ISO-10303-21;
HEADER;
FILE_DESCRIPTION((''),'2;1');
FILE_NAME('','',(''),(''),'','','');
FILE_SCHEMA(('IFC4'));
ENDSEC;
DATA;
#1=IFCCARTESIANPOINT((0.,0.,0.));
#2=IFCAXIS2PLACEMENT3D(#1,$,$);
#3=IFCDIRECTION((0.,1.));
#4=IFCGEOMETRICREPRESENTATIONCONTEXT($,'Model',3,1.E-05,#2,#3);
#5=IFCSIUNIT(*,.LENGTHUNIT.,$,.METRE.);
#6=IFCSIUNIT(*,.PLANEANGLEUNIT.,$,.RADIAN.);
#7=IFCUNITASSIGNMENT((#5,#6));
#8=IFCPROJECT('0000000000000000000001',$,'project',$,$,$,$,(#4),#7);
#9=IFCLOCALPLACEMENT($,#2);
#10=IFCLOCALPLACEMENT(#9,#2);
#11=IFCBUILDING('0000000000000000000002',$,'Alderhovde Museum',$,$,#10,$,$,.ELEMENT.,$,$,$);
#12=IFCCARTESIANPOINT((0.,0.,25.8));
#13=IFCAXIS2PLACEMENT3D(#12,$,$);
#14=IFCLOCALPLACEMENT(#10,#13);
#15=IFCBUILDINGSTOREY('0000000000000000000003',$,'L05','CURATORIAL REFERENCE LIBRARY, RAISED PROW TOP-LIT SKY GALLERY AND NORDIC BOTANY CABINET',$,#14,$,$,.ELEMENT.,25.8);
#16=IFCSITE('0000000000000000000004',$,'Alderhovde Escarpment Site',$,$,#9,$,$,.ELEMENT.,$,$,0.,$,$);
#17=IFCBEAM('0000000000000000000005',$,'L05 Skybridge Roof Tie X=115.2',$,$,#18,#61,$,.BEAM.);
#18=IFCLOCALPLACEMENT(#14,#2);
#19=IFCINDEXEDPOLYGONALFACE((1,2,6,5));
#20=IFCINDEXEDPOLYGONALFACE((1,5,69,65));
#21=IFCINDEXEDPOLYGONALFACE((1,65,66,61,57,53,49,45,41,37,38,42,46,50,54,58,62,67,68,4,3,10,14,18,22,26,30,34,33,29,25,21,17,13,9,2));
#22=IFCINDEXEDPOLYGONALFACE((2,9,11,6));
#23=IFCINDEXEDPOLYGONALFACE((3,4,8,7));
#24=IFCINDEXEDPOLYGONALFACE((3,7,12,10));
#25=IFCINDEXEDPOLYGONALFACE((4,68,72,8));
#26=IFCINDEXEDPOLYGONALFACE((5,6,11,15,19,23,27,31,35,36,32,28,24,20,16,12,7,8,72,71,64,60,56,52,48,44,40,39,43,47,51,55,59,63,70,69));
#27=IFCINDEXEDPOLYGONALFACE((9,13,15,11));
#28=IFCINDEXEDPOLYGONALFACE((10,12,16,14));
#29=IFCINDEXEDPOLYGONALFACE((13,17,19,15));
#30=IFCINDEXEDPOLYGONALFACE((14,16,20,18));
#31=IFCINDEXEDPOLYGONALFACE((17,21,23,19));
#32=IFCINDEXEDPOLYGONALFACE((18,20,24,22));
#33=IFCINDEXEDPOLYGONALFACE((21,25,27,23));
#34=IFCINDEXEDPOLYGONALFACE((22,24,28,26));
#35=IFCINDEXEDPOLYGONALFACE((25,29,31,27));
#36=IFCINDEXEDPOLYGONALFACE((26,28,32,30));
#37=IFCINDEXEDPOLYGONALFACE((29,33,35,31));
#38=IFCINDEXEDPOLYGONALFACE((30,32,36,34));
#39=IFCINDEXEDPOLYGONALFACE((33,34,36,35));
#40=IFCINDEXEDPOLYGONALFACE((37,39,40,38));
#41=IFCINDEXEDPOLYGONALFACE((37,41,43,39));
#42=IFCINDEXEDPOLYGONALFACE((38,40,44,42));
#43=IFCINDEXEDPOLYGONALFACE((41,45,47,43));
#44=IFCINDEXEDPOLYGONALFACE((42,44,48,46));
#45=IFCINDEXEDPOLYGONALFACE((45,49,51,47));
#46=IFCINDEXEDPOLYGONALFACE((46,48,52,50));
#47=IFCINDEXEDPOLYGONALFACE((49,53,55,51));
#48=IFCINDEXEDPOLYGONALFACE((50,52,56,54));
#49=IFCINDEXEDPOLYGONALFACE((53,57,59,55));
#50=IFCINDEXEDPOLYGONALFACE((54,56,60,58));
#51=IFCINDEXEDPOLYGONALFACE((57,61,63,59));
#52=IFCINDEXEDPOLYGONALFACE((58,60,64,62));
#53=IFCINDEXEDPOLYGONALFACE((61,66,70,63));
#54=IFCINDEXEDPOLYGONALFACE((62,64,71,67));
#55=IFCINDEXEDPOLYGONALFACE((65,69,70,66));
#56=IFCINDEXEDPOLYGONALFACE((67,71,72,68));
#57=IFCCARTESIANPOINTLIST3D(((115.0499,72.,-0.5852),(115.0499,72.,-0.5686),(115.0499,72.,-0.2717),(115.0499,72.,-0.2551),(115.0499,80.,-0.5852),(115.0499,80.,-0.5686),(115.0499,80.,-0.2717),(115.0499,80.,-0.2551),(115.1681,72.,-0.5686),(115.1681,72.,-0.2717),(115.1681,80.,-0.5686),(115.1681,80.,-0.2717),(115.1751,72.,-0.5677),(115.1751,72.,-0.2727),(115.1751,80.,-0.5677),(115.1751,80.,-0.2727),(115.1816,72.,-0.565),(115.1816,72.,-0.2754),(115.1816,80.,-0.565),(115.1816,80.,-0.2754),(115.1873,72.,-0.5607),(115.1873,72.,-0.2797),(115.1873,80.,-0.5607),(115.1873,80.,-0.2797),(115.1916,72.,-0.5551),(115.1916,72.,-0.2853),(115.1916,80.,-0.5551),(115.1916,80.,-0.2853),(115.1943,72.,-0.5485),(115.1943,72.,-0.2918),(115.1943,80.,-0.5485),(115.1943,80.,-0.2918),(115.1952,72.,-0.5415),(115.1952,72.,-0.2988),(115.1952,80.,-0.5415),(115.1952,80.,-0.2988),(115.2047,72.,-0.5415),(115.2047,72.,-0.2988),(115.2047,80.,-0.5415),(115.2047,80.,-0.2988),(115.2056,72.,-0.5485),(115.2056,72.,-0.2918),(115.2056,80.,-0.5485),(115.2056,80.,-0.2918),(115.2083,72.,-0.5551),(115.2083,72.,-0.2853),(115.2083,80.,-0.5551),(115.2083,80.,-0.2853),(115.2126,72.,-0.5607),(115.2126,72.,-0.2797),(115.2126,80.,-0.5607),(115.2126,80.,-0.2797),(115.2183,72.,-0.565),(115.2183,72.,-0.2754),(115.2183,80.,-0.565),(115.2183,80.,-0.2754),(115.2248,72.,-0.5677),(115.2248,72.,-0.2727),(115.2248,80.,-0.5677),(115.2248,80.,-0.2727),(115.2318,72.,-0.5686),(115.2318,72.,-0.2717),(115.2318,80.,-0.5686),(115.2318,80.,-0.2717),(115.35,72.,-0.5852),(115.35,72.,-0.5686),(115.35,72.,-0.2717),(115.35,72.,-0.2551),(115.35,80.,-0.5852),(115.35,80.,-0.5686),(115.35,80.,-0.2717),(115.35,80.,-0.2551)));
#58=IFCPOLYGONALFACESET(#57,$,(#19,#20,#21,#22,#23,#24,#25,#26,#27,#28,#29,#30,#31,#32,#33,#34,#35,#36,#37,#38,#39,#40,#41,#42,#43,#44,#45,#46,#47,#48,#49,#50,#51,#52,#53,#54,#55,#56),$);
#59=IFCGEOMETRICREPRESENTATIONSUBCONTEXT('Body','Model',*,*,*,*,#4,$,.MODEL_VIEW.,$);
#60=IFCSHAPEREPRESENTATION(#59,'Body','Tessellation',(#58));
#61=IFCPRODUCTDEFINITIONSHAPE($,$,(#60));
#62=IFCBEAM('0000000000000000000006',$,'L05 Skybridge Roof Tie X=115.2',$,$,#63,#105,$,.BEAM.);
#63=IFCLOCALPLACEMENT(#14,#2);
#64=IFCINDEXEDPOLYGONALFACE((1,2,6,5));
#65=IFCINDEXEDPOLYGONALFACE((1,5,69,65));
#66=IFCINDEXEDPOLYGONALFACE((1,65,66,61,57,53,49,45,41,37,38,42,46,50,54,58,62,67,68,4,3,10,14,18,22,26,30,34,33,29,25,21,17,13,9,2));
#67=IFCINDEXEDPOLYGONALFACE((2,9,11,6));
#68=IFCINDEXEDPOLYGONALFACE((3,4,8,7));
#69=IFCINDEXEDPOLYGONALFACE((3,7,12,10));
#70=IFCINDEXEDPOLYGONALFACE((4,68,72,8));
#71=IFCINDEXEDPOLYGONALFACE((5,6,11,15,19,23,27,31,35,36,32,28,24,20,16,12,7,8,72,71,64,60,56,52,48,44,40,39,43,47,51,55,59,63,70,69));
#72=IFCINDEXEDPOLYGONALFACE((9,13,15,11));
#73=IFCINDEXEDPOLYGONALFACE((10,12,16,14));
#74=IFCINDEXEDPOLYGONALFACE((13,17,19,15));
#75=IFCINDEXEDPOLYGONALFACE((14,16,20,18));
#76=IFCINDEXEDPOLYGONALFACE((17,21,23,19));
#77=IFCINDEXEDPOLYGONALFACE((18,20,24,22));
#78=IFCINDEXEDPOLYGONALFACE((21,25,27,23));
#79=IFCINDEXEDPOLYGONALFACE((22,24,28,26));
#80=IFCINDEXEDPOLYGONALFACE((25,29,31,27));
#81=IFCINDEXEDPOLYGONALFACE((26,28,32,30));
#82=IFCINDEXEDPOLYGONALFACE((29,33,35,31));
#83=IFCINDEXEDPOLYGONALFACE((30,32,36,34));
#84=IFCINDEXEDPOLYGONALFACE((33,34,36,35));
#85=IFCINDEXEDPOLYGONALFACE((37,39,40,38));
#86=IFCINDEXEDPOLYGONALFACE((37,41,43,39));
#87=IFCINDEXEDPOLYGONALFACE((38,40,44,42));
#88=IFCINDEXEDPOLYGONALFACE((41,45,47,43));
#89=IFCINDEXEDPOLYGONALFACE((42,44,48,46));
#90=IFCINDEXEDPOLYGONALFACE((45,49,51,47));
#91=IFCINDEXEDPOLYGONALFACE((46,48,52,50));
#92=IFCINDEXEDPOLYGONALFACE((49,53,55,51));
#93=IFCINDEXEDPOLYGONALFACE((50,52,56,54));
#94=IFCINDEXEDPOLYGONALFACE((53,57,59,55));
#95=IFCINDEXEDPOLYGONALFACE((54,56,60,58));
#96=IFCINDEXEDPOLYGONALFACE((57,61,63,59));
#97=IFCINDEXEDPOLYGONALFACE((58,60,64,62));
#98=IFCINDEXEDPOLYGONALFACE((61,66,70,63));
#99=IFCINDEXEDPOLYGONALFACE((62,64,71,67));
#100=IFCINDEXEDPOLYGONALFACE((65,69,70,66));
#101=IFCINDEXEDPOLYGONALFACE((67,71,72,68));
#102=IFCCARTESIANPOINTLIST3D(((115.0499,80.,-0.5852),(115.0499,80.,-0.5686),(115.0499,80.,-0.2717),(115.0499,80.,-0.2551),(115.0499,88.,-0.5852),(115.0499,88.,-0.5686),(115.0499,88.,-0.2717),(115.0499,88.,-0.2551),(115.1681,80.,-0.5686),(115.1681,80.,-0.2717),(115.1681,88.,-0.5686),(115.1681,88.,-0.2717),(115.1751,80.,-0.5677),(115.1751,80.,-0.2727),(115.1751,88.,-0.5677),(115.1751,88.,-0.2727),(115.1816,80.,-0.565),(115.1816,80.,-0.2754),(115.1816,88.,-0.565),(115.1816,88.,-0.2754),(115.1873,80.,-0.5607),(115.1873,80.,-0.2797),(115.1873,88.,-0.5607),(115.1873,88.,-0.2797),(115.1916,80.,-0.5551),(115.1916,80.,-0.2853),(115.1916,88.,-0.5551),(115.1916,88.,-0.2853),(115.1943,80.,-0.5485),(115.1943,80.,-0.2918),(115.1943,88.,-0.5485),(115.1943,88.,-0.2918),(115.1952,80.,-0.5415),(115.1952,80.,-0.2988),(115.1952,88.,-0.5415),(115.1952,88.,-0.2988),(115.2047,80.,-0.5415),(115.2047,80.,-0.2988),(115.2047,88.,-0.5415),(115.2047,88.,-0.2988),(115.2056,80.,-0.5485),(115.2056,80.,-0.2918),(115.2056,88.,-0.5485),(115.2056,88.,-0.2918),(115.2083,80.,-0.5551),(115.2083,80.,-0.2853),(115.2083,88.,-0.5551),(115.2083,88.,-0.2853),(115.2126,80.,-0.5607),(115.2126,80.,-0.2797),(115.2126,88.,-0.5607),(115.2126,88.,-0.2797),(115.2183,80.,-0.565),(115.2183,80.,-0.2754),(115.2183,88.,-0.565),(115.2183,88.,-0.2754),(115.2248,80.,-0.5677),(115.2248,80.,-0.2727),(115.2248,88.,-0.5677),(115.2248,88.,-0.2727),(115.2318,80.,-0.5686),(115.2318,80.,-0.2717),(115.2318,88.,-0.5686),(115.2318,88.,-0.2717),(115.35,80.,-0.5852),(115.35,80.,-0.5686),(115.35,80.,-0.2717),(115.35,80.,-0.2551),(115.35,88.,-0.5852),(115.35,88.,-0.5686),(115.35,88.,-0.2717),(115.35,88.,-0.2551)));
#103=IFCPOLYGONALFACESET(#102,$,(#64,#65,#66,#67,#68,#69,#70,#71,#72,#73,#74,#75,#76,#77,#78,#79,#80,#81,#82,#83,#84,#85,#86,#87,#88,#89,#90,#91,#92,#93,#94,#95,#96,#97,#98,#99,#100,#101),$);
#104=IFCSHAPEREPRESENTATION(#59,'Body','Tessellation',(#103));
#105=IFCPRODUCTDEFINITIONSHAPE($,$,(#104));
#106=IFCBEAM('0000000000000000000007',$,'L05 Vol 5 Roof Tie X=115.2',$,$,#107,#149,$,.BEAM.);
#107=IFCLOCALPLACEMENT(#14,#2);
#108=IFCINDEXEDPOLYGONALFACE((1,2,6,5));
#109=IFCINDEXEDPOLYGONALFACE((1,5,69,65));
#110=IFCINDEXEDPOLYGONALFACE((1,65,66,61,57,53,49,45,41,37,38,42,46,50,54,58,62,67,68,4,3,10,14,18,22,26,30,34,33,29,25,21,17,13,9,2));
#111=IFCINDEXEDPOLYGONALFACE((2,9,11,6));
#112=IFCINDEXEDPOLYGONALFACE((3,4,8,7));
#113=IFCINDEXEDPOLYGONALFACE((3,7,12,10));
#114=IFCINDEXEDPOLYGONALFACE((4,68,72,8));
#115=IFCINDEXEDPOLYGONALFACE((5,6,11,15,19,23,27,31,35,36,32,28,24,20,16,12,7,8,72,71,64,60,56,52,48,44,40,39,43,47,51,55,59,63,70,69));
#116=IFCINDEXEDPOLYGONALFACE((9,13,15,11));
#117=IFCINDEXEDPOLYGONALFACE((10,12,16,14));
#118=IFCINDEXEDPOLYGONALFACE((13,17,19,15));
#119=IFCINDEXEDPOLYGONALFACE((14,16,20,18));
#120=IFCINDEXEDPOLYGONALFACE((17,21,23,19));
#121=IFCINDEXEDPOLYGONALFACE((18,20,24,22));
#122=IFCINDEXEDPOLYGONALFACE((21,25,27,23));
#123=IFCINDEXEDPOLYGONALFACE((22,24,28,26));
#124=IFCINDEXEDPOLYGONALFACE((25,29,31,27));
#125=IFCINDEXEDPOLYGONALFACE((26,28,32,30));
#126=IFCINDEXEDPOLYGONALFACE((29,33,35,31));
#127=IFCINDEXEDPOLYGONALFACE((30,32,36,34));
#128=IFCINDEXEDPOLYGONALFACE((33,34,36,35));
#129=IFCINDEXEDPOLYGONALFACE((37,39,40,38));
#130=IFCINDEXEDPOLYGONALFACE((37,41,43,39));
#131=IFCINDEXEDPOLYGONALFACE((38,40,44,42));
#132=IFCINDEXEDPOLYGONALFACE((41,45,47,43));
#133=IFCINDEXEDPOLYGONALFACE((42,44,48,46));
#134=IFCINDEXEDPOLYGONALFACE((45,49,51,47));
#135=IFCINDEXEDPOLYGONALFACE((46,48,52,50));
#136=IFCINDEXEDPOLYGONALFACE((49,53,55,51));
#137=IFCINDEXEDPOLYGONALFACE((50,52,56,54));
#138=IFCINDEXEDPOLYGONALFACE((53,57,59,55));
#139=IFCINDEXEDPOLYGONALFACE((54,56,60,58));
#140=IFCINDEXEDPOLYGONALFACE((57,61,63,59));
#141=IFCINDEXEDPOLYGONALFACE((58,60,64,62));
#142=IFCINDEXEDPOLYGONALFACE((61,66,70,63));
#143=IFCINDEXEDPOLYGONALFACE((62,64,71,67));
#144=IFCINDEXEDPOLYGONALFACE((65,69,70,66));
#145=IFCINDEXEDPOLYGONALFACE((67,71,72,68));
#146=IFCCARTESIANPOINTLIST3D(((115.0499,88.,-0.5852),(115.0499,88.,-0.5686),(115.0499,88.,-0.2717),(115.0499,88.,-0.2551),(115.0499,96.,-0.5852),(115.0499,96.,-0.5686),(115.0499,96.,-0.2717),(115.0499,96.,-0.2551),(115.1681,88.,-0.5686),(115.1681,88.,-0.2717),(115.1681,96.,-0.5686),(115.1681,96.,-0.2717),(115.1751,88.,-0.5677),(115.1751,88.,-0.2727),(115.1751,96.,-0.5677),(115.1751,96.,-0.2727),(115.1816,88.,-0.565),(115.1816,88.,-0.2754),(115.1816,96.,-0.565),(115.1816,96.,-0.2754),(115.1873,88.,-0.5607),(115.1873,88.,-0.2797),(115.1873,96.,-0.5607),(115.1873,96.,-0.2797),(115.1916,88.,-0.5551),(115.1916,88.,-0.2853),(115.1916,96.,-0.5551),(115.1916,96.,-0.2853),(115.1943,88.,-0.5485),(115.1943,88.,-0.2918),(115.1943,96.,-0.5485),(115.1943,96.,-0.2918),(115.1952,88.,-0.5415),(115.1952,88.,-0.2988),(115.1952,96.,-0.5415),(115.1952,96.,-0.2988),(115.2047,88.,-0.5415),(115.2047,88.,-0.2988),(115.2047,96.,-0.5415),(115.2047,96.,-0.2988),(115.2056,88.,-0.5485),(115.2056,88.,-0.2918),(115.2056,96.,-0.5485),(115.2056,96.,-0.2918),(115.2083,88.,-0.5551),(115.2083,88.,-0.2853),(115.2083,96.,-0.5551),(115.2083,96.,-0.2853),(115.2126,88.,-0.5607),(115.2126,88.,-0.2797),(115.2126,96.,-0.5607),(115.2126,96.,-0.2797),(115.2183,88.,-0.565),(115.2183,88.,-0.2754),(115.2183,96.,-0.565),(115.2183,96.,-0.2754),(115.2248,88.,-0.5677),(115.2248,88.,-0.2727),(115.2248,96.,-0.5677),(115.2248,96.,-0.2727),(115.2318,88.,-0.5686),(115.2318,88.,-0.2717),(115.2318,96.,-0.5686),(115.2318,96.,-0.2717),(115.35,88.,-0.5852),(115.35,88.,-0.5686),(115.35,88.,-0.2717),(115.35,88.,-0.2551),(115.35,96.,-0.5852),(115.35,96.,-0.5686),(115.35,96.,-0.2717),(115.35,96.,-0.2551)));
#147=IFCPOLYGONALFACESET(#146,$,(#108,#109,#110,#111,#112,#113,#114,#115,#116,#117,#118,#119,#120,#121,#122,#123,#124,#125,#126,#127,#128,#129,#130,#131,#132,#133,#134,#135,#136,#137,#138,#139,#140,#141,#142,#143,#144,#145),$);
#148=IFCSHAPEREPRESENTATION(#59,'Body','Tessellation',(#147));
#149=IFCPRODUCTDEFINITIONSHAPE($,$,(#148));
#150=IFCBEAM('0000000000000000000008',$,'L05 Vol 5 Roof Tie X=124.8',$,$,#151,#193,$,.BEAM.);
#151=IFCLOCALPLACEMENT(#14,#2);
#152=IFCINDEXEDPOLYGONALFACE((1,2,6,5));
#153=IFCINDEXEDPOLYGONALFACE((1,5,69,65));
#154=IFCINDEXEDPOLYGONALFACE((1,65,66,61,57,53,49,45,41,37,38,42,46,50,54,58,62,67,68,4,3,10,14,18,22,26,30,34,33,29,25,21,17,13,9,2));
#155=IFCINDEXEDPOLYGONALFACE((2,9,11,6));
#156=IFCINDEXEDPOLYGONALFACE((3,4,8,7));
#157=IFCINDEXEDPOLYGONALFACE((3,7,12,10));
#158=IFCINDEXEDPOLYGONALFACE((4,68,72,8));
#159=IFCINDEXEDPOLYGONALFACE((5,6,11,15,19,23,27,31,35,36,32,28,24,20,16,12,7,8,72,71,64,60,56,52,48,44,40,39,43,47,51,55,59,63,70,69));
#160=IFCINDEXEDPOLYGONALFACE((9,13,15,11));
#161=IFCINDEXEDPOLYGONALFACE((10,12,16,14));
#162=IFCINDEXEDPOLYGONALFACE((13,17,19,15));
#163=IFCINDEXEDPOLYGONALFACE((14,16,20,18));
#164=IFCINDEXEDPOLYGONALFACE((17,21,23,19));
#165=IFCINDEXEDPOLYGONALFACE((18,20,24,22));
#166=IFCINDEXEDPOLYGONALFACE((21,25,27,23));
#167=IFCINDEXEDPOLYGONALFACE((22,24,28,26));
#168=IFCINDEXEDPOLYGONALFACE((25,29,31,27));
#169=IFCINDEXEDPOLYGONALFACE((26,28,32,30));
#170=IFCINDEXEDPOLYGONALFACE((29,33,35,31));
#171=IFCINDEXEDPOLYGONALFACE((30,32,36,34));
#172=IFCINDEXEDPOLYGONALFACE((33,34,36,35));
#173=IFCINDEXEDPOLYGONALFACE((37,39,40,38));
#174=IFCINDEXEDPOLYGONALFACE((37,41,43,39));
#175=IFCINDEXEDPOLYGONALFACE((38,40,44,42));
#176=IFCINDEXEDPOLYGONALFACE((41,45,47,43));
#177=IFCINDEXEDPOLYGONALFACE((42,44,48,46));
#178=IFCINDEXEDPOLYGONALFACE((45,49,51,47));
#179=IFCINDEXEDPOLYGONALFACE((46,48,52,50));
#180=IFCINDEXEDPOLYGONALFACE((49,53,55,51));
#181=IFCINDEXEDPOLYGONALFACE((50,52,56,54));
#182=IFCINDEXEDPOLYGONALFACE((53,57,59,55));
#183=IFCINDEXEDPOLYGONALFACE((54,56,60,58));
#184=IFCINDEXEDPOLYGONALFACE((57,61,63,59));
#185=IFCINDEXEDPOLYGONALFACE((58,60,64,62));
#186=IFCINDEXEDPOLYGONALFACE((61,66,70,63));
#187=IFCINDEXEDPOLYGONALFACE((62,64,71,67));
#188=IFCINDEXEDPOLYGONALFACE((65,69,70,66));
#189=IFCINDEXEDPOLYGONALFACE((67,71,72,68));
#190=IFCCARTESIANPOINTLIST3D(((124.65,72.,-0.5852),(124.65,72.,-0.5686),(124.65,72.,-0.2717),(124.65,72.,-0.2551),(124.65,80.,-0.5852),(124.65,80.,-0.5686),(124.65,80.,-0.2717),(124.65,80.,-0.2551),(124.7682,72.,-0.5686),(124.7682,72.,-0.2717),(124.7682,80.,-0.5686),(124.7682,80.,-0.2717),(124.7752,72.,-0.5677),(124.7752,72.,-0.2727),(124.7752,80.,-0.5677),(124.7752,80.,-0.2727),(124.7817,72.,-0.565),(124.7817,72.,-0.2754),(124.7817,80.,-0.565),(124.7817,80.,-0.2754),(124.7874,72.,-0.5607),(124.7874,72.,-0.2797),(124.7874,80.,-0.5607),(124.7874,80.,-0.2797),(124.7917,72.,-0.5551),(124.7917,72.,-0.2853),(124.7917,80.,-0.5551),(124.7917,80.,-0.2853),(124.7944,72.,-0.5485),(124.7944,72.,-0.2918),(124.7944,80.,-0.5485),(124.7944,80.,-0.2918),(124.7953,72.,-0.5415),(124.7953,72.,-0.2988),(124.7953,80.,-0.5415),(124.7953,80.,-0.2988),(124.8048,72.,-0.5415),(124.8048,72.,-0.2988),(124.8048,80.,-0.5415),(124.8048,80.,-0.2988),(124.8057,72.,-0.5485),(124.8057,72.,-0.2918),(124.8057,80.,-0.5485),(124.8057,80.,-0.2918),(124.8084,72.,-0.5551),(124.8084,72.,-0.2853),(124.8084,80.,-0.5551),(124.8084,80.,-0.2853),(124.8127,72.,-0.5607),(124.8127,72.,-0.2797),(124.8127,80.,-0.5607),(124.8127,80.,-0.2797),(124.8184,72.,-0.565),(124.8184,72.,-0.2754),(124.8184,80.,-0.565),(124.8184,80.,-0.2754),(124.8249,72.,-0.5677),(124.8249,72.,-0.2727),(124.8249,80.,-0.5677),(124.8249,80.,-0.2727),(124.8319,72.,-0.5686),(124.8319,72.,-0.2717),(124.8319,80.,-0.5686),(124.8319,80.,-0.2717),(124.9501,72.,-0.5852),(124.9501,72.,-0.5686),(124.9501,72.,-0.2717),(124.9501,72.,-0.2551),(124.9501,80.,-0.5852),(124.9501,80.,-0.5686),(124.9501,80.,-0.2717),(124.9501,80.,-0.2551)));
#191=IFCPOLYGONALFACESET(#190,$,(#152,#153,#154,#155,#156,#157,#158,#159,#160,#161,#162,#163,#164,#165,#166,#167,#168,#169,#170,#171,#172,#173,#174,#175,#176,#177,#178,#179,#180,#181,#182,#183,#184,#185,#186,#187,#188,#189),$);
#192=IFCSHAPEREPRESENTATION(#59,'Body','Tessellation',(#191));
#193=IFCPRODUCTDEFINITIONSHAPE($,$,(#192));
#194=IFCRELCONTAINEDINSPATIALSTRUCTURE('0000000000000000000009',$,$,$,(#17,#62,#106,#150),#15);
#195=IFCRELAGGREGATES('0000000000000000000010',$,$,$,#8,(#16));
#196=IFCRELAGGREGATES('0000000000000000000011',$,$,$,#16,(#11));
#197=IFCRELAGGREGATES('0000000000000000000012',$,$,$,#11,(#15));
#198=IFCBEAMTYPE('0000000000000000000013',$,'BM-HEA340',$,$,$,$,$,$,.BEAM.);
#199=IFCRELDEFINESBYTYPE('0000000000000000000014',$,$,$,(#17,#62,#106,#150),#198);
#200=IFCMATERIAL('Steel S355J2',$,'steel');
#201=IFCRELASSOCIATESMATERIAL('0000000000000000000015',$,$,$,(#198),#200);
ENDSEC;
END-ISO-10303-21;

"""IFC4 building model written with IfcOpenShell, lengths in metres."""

from ifc_helpers import new_model, si_unit, direction, frame, origin, origin_2d, place, context, subcontext, project, spatial, i_section, extrude, material, material_profile, profile_set, type_object, element, save


model = new_model("IFC4")

# Units and contexts
model_context = context("Model", 3, precision=1e-05, world=origin(), true_north=direction((0.0, 1.0)))
body_context = subcontext(model_context, "Body", "Model", "MODEL_VIEW")
ifc_project = project(units=[si_unit("LENGTHUNIT", "METRE"), si_unit("PLANEANGLEUNIT", "RADIAN")], contexts=[model_context])

# Site, building, storey
site_placement = place(None, origin())
site = spatial("IfcSite", under=ifc_project, at=site_placement, Name="Alderhovde Escarpment Site", CompositionType="ELEMENT", RefElevation=0.0)
building_placement = place(site_placement, origin())
building = spatial("IfcBuilding", under=site, at=building_placement, Name="Alderhovde Museum", CompositionType="ELEMENT")
storey_placement = place(building_placement, frame((0.0, 0.0, 25.8)))
storey = spatial("IfcBuildingStorey", under=building, at=storey_placement, Name="L05", Description="CURATORIAL REFERENCE LIBRARY, RAISED PROW TOP-LIT SKY GALLERY AND NORDIC BOTANY CABINET", CompositionType="ELEMENT", Elevation=25.8)

# Beams
ifc_material_1 = material(Name="Steel S355J2", Category="steel")
ifc_material_profile_1 = material_profile(ifc_material_1, i_section(OverallWidth=0.3, OverallDepth=0.3301, WebThickness=0.0095, FlangeThickness=0.0166, FilletRadius=0.0271, at=origin_2d()), Name="HEA 340")
ifc_profile_set_1 = profile_set([ifc_material_profile_1], Name="Steel S355J2")
beam_type_1 = type_object("IfcBeamType", Name="BM-HEA340", PredefinedType="BEAM", material=ifc_profile_set_1)
for number, where, z_axis, x_axis, name in (
    (1, (115.2, 72.0, -0.4202), (0.0, 1.0, 0.0), (-1.0, 0.0, 0.0), "L05 Skybridge Roof Tie X=115.2"),
    (2, (115.2, 80.0, -0.4202), (0.0, 1.0, 0.0), (-1.0, 0.0, 0.0), "L05 Skybridge Roof Tie X=115.2"),
    (3, (115.2, 88.0, -0.4202), (0.0, 1.0, 0.0), (-1.0, 0.0, 0.0), "L05 Vol 5 Roof Tie X=115.2"),
    (4, (124.8, 72.0, -0.4202), (0.0, 1.0, 0.0), (-1.0, 0.0, 0.0), "L05 Vol 5 Roof Tie X=124.8"),
):
    element("IfcBeam", number, at=place(storey_placement, frame(where, z_axis=z_axis, x_axis=x_axis)), inside=storey, type_object=beam_type_1, Name=name, PredefinedType="BEAM", context=body_context, shape_type="SweptSolid", body=[
        extrude(i_section(OverallWidth=0.3, OverallDepth=0.3301, WebThickness=0.0095, FlangeThickness=0.0166, FilletRadius=0.0271, at=origin_2d()), origin(), (0.0, 0.0, 1.0), 8.0),
    ])

save(model, "model.ifc")
